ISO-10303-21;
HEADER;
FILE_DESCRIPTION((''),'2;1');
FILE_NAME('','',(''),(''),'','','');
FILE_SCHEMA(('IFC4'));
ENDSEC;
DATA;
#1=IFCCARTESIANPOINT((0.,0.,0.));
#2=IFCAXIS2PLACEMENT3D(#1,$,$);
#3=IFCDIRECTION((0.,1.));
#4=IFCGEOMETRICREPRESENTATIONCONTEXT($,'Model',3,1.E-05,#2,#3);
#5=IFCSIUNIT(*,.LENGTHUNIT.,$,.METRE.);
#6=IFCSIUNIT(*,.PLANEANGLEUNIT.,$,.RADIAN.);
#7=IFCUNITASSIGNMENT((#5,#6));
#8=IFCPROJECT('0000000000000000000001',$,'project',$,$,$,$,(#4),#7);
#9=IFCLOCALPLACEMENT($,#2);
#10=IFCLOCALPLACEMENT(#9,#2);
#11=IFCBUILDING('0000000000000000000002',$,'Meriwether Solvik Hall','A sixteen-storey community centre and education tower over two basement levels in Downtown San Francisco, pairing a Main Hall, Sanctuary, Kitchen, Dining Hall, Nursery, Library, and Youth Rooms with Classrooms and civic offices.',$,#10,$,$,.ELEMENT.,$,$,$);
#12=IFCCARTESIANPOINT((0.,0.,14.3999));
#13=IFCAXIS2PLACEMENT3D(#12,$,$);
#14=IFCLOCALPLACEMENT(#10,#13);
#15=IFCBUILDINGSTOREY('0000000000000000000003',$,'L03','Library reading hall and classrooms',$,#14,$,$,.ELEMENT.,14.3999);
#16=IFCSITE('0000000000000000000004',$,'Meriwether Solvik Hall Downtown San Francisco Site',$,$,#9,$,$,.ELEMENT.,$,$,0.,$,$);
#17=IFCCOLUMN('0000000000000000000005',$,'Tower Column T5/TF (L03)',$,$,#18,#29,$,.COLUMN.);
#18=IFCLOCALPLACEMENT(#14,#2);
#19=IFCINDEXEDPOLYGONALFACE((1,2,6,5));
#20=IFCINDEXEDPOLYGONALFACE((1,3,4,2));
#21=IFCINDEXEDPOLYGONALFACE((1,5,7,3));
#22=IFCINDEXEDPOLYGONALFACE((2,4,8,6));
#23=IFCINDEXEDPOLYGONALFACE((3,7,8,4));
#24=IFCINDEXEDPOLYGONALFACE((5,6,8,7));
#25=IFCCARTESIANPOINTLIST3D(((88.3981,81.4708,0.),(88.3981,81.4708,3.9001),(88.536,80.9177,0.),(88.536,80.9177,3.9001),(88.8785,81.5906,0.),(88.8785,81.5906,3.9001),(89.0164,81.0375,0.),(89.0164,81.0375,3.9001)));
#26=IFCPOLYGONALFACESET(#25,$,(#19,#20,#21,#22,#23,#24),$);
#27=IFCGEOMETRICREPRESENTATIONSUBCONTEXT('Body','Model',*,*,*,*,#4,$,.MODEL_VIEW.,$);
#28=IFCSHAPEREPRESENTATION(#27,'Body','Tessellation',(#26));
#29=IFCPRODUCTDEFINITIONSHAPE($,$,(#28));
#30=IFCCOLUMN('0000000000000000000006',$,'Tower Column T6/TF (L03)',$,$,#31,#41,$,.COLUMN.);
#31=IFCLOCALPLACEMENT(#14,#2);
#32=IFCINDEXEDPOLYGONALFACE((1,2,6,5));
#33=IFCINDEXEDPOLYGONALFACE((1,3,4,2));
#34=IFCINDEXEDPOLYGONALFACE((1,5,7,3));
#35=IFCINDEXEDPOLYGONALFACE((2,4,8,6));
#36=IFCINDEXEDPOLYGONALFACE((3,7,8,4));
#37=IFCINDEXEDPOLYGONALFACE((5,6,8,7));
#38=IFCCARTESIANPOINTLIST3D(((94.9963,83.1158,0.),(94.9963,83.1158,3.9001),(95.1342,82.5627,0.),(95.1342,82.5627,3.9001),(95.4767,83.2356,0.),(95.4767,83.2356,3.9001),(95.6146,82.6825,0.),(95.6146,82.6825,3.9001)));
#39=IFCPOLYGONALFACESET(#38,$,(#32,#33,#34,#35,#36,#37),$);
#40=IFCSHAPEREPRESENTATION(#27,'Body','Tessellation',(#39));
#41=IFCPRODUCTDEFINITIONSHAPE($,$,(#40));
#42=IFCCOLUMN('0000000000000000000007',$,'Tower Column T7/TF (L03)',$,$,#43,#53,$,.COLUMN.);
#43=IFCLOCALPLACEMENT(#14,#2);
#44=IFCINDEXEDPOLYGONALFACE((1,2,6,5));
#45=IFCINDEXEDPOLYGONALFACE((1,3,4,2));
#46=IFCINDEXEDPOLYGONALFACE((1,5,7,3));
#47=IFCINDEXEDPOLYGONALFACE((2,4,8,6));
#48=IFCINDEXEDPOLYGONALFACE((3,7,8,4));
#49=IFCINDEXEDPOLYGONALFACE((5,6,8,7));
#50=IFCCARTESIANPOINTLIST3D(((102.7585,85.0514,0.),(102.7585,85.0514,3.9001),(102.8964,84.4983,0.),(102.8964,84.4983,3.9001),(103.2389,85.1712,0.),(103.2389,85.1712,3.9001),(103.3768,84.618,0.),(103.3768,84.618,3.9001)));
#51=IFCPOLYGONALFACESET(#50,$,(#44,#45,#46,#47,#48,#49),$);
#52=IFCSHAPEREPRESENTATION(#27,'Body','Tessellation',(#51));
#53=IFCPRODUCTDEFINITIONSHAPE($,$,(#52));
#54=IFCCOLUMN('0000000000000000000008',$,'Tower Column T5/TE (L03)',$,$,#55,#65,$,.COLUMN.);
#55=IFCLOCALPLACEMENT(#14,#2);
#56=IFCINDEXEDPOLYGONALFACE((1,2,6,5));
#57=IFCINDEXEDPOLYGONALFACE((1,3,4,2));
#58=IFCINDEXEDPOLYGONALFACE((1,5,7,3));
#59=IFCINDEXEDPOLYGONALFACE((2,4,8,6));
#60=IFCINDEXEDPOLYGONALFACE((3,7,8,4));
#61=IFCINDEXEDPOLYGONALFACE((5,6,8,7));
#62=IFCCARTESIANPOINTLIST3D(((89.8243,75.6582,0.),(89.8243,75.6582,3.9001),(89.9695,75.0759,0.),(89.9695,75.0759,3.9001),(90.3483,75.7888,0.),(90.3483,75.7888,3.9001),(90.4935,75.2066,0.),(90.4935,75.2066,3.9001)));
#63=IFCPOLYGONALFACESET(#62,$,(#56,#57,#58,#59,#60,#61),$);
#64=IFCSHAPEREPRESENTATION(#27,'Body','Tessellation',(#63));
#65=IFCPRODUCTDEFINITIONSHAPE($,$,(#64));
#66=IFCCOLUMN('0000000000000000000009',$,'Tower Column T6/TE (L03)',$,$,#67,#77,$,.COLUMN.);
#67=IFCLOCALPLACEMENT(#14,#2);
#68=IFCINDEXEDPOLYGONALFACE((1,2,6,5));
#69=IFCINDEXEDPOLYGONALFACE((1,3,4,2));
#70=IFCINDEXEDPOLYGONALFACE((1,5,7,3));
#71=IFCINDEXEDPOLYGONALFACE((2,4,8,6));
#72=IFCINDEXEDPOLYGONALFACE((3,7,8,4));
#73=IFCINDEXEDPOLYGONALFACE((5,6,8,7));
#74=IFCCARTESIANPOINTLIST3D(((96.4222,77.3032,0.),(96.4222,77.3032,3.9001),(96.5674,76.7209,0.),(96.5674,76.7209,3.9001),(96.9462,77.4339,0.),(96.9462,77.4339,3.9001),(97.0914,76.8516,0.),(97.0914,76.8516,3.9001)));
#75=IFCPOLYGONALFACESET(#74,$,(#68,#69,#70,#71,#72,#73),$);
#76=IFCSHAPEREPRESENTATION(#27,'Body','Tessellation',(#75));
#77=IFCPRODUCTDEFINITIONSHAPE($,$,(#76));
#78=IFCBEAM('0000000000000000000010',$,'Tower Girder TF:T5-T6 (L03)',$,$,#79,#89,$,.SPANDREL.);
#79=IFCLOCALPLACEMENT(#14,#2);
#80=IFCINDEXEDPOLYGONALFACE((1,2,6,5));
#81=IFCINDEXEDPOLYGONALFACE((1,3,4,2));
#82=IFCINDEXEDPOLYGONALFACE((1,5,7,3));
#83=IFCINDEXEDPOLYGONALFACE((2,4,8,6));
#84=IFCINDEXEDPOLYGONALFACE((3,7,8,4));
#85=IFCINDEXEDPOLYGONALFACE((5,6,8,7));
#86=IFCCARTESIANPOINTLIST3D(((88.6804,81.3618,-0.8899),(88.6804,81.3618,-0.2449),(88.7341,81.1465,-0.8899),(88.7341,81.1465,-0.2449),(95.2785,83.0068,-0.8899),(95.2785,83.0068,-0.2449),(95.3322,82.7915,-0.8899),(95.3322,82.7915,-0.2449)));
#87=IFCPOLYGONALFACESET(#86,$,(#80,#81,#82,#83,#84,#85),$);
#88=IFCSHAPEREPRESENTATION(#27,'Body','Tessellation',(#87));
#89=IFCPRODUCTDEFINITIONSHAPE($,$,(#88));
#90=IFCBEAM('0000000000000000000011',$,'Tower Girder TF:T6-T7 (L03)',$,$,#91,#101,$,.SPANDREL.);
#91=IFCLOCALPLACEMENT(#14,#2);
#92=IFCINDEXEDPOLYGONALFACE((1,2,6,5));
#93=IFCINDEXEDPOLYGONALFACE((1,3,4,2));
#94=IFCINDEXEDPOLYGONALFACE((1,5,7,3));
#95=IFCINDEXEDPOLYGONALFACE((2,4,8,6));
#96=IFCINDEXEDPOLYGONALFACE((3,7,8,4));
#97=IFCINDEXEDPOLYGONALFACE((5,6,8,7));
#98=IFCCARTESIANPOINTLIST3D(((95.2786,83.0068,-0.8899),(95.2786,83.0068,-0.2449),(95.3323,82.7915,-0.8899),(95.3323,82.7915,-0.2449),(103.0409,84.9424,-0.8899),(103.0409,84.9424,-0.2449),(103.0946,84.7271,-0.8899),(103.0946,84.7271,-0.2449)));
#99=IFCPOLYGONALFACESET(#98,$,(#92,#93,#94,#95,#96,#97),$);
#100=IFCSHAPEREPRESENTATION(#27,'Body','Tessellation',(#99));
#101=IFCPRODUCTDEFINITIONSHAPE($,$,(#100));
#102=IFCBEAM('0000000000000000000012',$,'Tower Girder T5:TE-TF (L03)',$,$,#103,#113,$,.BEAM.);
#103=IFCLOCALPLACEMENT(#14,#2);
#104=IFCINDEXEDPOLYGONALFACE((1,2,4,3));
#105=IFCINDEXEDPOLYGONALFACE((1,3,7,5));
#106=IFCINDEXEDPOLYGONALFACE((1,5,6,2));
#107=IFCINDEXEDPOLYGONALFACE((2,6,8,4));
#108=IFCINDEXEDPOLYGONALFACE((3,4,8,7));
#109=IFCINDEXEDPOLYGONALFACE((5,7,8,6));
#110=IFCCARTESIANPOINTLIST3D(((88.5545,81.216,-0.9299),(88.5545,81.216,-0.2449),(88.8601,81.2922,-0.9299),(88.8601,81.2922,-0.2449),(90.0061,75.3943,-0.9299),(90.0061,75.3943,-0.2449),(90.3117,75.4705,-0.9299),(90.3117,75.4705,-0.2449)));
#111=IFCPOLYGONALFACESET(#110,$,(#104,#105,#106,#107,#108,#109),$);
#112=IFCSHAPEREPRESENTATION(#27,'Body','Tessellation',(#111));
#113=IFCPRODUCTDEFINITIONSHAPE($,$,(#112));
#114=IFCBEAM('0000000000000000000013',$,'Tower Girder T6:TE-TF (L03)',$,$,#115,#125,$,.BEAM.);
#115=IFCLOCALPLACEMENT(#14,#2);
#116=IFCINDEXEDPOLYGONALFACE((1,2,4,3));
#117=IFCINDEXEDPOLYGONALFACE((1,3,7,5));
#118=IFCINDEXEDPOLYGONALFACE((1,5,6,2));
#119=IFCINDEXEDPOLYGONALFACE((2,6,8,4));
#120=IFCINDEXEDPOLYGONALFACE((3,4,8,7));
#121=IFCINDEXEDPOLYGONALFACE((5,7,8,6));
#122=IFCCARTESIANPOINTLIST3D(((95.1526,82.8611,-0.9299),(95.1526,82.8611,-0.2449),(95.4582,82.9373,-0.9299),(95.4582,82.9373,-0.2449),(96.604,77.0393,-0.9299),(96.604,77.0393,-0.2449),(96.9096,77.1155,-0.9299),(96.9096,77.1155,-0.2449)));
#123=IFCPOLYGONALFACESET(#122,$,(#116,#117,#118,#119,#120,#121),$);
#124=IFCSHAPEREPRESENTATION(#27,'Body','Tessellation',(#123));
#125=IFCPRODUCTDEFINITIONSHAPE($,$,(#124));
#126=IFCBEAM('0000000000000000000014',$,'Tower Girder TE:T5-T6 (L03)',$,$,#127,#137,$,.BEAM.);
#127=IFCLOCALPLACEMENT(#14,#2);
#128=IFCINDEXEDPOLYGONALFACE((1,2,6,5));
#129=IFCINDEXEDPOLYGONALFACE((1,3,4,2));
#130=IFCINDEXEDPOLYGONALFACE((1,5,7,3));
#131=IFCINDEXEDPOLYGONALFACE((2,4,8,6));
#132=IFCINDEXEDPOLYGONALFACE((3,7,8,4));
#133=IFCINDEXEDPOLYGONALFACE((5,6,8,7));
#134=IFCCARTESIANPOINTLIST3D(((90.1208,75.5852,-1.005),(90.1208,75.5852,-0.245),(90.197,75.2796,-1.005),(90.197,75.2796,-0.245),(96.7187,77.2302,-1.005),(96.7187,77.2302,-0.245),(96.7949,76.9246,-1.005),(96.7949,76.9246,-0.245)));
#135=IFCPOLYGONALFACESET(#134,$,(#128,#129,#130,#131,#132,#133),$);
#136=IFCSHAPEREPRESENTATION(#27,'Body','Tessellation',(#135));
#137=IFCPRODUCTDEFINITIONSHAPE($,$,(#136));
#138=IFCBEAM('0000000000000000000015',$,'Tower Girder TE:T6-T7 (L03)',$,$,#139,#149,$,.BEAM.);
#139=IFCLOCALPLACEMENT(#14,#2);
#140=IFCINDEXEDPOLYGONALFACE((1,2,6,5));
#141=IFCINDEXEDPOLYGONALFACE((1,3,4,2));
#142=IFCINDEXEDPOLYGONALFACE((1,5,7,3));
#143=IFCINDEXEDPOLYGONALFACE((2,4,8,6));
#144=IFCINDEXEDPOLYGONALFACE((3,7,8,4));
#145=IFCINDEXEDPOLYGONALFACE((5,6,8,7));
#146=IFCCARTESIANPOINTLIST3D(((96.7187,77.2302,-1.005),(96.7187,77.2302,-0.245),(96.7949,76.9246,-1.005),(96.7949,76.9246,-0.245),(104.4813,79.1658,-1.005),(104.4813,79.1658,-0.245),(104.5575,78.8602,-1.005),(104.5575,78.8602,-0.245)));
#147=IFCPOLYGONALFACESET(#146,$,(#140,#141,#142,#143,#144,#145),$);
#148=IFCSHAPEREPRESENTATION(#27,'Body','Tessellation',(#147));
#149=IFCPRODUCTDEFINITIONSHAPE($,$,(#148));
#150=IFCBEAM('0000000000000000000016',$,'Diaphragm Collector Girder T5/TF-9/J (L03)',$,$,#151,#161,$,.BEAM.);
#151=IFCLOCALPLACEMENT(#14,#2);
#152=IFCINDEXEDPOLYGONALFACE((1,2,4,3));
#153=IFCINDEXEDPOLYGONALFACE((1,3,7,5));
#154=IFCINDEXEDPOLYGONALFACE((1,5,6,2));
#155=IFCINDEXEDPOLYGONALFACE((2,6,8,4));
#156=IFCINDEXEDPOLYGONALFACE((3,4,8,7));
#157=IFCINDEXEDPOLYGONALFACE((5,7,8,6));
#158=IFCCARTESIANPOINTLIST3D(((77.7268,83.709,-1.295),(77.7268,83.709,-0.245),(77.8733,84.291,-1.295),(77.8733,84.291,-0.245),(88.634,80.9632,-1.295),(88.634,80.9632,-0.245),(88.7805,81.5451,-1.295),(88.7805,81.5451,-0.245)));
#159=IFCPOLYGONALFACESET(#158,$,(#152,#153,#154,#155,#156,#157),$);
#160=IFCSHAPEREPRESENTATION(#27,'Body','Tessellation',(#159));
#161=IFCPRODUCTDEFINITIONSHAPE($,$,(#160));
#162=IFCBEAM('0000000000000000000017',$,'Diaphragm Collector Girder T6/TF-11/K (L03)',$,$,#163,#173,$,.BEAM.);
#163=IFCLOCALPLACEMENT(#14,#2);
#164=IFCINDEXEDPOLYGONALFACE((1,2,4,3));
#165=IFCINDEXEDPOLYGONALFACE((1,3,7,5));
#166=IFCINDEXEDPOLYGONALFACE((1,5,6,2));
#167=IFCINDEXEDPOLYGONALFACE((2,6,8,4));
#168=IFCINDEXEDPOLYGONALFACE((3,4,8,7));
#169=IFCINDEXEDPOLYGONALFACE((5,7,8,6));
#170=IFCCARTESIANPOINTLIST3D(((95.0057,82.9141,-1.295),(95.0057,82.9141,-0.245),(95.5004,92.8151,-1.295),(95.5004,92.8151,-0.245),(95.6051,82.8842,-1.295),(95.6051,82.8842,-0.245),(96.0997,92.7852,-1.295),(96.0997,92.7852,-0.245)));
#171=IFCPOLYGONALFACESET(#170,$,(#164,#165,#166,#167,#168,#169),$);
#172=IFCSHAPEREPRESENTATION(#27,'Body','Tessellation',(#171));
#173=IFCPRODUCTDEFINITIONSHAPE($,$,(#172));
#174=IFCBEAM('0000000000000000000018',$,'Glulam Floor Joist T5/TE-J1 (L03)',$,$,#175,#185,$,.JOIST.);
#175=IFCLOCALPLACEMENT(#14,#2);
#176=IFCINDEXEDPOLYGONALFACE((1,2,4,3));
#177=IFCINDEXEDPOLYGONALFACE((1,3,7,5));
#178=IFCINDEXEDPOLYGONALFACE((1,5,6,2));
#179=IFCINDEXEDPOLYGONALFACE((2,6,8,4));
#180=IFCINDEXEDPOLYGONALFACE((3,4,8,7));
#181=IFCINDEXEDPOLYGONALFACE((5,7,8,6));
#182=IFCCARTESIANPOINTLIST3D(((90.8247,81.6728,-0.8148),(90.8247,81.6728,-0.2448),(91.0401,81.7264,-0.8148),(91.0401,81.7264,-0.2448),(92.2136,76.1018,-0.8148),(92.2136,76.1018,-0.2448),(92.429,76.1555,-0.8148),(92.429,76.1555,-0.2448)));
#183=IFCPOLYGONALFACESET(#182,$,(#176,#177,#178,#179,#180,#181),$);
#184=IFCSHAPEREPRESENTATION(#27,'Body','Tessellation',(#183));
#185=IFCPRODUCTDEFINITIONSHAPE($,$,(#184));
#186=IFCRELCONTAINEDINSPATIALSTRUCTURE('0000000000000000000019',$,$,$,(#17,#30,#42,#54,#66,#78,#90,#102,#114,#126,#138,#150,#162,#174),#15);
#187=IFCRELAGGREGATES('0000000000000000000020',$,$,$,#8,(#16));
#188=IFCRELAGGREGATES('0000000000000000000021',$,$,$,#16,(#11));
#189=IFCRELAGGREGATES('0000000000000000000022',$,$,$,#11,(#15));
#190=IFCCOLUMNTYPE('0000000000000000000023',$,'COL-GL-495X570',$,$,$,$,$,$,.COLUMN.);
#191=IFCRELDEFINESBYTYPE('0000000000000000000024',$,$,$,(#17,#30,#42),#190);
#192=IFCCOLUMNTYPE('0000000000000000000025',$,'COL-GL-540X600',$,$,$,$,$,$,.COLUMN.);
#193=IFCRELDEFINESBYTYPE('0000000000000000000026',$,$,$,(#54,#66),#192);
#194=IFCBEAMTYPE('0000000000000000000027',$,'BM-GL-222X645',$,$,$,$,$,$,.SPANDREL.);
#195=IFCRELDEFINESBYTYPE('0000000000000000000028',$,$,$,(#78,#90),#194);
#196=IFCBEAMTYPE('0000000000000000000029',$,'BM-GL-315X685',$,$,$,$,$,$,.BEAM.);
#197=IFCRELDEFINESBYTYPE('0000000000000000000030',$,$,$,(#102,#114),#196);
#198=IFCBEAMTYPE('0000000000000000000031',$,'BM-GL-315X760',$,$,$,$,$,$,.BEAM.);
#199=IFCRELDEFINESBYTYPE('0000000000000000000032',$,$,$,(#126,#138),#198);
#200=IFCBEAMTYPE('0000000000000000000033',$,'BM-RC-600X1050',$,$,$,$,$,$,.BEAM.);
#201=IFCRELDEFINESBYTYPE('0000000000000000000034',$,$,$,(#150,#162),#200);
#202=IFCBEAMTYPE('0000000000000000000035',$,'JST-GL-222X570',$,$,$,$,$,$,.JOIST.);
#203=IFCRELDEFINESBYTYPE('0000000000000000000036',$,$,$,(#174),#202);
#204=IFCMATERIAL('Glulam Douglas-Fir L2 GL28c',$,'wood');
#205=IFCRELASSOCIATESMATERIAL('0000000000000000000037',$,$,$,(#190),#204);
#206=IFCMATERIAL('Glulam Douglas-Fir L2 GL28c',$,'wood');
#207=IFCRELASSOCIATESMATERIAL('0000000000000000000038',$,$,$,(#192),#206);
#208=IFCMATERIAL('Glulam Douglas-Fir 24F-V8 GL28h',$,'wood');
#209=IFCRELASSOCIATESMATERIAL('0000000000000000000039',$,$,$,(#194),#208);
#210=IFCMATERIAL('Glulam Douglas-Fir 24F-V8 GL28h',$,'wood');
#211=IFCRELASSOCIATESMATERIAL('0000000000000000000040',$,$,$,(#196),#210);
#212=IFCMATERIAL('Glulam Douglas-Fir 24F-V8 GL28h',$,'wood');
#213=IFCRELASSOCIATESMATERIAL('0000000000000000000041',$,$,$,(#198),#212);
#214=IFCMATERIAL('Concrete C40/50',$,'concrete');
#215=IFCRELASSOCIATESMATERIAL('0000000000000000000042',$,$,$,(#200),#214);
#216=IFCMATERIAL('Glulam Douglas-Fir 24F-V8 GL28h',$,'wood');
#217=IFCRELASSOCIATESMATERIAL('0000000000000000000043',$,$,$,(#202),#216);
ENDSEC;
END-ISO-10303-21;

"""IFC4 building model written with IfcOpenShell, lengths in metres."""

from ifc_helpers import new_model, si_unit, direction, frame, origin, origin_2d, place, context, subcontext, project, spatial, rectangle, extrude, material, material_profile, profile_set, type_object, element, save


model = new_model("IFC4")

# Units and contexts
model_context = context("Model", 3, precision=1e-05, world=origin(), true_north=direction((0.0, 1.0)))
body_context = subcontext(model_context, "Body", "Model", "MODEL_VIEW")
ifc_project = project(units=[si_unit("LENGTHUNIT", "METRE"), si_unit("PLANEANGLEUNIT", "RADIAN")], contexts=[model_context])

# Site, building, storey
site_placement = place(None, origin())
site = spatial("IfcSite", under=ifc_project, at=site_placement, Name="Meriwether Solvik Hall Downtown San Francisco Site", CompositionType="ELEMENT", RefElevation=0.0)
building_placement = place(site_placement, origin())
building = spatial("IfcBuilding", under=site, at=building_placement, Name="Meriwether Solvik Hall", Description="A sixteen-storey community centre and education tower over two basement levels in Downtown San Francisco, pairing a Main Hall, Sanctuary, Kitchen, Dining Hall, Nursery, Library, and Youth Rooms with Classrooms and civic offices.", CompositionType="ELEMENT")
storey_placement = place(building_placement, frame((0.0, 0.0, 14.3999)))
storey = spatial("IfcBuildingStorey", under=building, at=storey_placement, Name="L03", Description="Library reading hall and classrooms", CompositionType="ELEMENT", Elevation=14.3999)

# Columns
ifc_material_1 = material(Name="Glulam Douglas-Fir L2 GL28c", Category="wood")
ifc_material_profile_1 = material_profile(ifc_material_1, rectangle(XDim=0.4951, YDim=0.5701, at=origin_2d()), Name="GLC-495X570")
ifc_profile_set_1 = profile_set([ifc_material_profile_1], Name="Glulam Douglas-Fir L2 GL28c")
column_type_1 = type_object("IfcColumnType", Name="COL-GL-495X570", PredefinedType="COLUMN", material=ifc_profile_set_1)
for number, where, z_axis, x_axis, name in (
    (1, (88.7073, 81.2542, 0.0), (0.0, 0.0, 1.0), (0.970296, 0.241922, 0.0), "Tower Column T5/TF (L03)"),
    (2, (95.3054, 82.8992, 0.0), (0.0, 0.0, 1.0), (0.970296, 0.241922, 0.0), "Tower Column T6/TF (L03)"),
    (3, (103.0676, 84.8347, 0.0), (0.0, 0.0, 1.0), (0.970296, 0.241922, 0.0), "Tower Column T7/TF (L03)"),
):
    element("IfcColumn", number, at=place(storey_placement, frame(where, z_axis=z_axis, x_axis=x_axis)), inside=storey, type_object=column_type_1, Name=name, PredefinedType="COLUMN", context=body_context, shape_type="SweptSolid", body=[
        extrude(rectangle(XDim=0.4951, YDim=0.5701, at=origin_2d()), origin(), (0.0, 0.0, 1.0), 3.9001),
    ])
ifc_material_2 = material(Name="Glulam Douglas-Fir L2 GL28c", Category="wood")
ifc_material_profile_2 = material_profile(ifc_material_2, rectangle(XDim=0.54, YDim=0.6001, at=origin_2d()), Name="GLC-540X600")
ifc_profile_set_2 = profile_set([ifc_material_profile_2], Name="Glulam Douglas-Fir L2 GL28c")
column_type_2 = type_object("IfcColumnType", Name="COL-GL-540X600", PredefinedType="COLUMN", material=ifc_profile_set_2)
for number, where, z_axis, x_axis, name in (
    (4, (90.1589, 75.4324, 0.0), (0.0, 0.0, 1.0), (0.970296, 0.241922, 0.0), "Tower Column T5/TE (L03)"),
    (5, (96.7568, 77.0774, 0.0), (0.0, 0.0, 1.0), (0.970296, 0.241922, 0.0), "Tower Column T6/TE (L03)"),
):
    element("IfcColumn", number, at=place(storey_placement, frame(where, z_axis=z_axis, x_axis=x_axis)), inside=storey, type_object=column_type_2, Name=name, PredefinedType="COLUMN", context=body_context, shape_type="SweptSolid", body=[
        extrude(rectangle(XDim=0.54, YDim=0.6001, at=origin_2d()), origin(), (0.0, 0.0, 1.0), 3.9001),
    ])

# Beams
ifc_material_3 = material(Name="Glulam Douglas-Fir 24F-V8 GL28h", Category="wood")
ifc_material_profile_3 = material_profile(ifc_material_3, rectangle(XDim=0.2219, YDim=0.645, at=origin_2d()), Name="GLB-222X645")
ifc_profile_set_3 = profile_set([ifc_material_profile_3], Name="Glulam Douglas-Fir 24F-V8 GL28h")
beam_type_1 = type_object("IfcBeamType", Name="BM-GL-222X645", PredefinedType="SPANDREL", material=ifc_profile_set_3)
beam_1_placement = place(storey_placement, frame((88.7073, 81.2542, -0.5674), z_axis=(0.970299, 0.24191, 0.0), x_axis=(-0.24191, 0.970299, 0.0)))
element("IfcBeam", 6, at=beam_1_placement, inside=storey, type_object=beam_type_1, Name="Tower Girder TF:T5-T6 (L03)", PredefinedType="SPANDREL", context=body_context, shape_type="SweptSolid", body=[
    extrude(rectangle(XDim=0.2219, YDim=0.645, at=origin_2d()), origin(), (0.0, 0.0, 1.0), 6.8),
])
beam_2_placement = place(storey_placement, frame((95.3054, 82.8992, -0.5674), z_axis=(0.97029, 0.241947, 0.0), x_axis=(-0.241947, 0.97029, 0.0)))
element("IfcBeam", 7, at=beam_2_placement, inside=storey, type_object=beam_type_1, Name="Tower Girder TF:T6-T7 (L03)", PredefinedType="SPANDREL", context=body_context, shape_type="SweptSolid", body=[
    extrude(rectangle(XDim=0.2219, YDim=0.645, at=origin_2d()), origin(), (0.0, 0.0, 1.0), 8.0),
])
ifc_material_4 = material(Name="Glulam Douglas-Fir 24F-V8 GL28h", Category="wood")
ifc_material_profile_4 = material_profile(ifc_material_4, rectangle(XDim=0.3149, YDim=0.6851, at=origin_2d()), Name="GLB-315X685")
ifc_profile_set_4 = profile_set([ifc_material_profile_4], Name="Glulam Douglas-Fir 24F-V8 GL28h")
beam_type_2 = type_object("IfcBeamType", Name="BM-GL-315X685", PredefinedType="BEAM", material=ifc_profile_set_4)
for number, where, z_axis, x_axis, name in (
    (8, (90.1589, 75.4324, -0.5874), (-0.241942, 0.970291, 0.0), (-0.970291, -0.241942, 0.0), "Tower Girder T5:TE-TF (L03)"),
    (9, (96.7568, 77.0774, -0.5874), (-0.241904, 0.9703, 0.0), (-0.9703, -0.241904, 0.0), "Tower Girder T6:TE-TF (L03)"),
):
    element("IfcBeam", number, at=place(storey_placement, frame(where, z_axis=z_axis, x_axis=x_axis)), inside=storey, type_object=beam_type_2, Name=name, PredefinedType="BEAM", context=body_context, shape_type="SweptSolid", body=[
        extrude(rectangle(XDim=0.3149, YDim=0.6851, at=origin_2d()), origin(), (0.0, 0.0, 1.0), 6.0),
    ])
ifc_material_5 = material(Name="Glulam Douglas-Fir 24F-V8 GL28h", Category="wood")
ifc_material_profile_5 = material_profile(ifc_material_5, rectangle(XDim=0.3149, YDim=0.76, at=origin_2d()), Name="GLB-315X760")
ifc_profile_set_5 = profile_set([ifc_material_profile_5], Name="Glulam Douglas-Fir 24F-V8 GL28h")
beam_type_3 = type_object("IfcBeamType", Name="BM-GL-315X760", PredefinedType="BEAM", material=ifc_profile_set_5)
beam_3_placement = place(storey_placement, frame((90.1589, 75.4324, -0.625), z_axis=(0.970296, 0.241919, 0.0), x_axis=(-0.241919, 0.970296, 0.0)))
element("IfcBeam", 10, at=beam_3_placement, inside=storey, type_object=beam_type_3, Name="Tower Girder TE:T5-T6 (L03)", PredefinedType="BEAM", context=body_context, shape_type="SweptSolid", body=[
    extrude(rectangle(XDim=0.3149, YDim=0.76, at=origin_2d()), origin(), (0.0, 0.0, 1.0), 6.7998),
])
beam_4_placement = place(storey_placement, frame((96.7568, 77.0774, -0.625), z_axis=(0.970291, 0.24194, 0.0), x_axis=(-0.24194, 0.970291, 0.0)))
element("IfcBeam", 11, at=beam_4_placement, inside=storey, type_object=beam_type_3, Name="Tower Girder TE:T6-T7 (L03)", PredefinedType="BEAM", context=body_context, shape_type="SweptSolid", body=[
    extrude(rectangle(XDim=0.3149, YDim=0.76, at=origin_2d()), origin(), (0.0, 0.0, 1.0), 8.0002),
])
ifc_material_6 = material(Name="Concrete C40/50", Category="concrete")
ifc_material_profile_6 = material_profile(ifc_material_6, rectangle(XDim=0.6001, YDim=1.05, at=origin_2d()), Name="RCB-600X1050")
ifc_profile_set_6 = profile_set([ifc_material_profile_6], Name="Concrete C40/50")
beam_type_4 = type_object("IfcBeamType", Name="BM-RC-600X1050", PredefinedType="BEAM", material=ifc_profile_set_6)
beam_5_placement = place(storey_placement, frame((88.7073, 81.2542, -0.77), z_axis=(-0.969743, 0.244129, 0.0), x_axis=(-0.244129, -0.969743, 0.0)))
element("IfcBeam", 12, at=beam_5_placement, inside=storey, type_object=beam_type_4, Name="Diaphragm Collector Girder T5/TF-9/J (L03)", PredefinedType="BEAM", context=body_context, shape_type="SweptSolid", body=[
    extrude(rectangle(XDim=0.6001, YDim=1.05, at=origin_2d()), origin(), (0.0, 0.0, 1.0), 11.2476),
])
beam_6_placement = place(storey_placement, frame((95.3054, 82.8992, -0.77), z_axis=(0.049896, 0.998754, 0.0), x_axis=(-0.998754, 0.049896, 0.0)))
element("IfcBeam", 13, at=beam_6_placement, inside=storey, type_object=beam_type_4, Name="Diaphragm Collector Girder T6/TF-11/K (L03)", PredefinedType="BEAM", context=body_context, shape_type="SweptSolid", body=[
    extrude(rectangle(XDim=0.6001, YDim=1.05, at=origin_2d()), origin(), (0.0, 0.0, 1.0), 9.9133),
])
ifc_material_7 = material(Name="Glulam Douglas-Fir 24F-V8 GL28h", Category="wood")
ifc_material_profile_7 = material_profile(ifc_material_7, rectangle(XDim=0.2219, YDim=0.5701, at=origin_2d()), Name="GLJ-222X570")
ifc_profile_set_7 = profile_set([ifc_material_profile_7], Name="Glulam Douglas-Fir 24F-V8 GL28h")
beam_type_5 = type_object("IfcBeamType", Name="JST-GL-222X570", PredefinedType="JOIST", material=ifc_profile_set_7)
for number, where, z_axis, x_axis, name in (
    (14, (92.3213, 76.1287, -0.5298), (-0.241905, 0.9703, 0.0), (-0.9703, -0.241905, 0.0), "Glulam Floor Joist T5/TE-J1 (L03)"),
):
    element("IfcBeam", number, at=place(storey_placement, frame(where, z_axis=z_axis, x_axis=x_axis)), inside=storey, type_object=beam_type_5, Name=name, PredefinedType="JOIST", context=body_context, shape_type="SweptSolid", body=[
        extrude(rectangle(XDim=0.2219, YDim=0.5701, at=origin_2d()), origin(), (0.0, 0.0, 1.0), 5.7415),
    ])

save(model, "model.ifc")
